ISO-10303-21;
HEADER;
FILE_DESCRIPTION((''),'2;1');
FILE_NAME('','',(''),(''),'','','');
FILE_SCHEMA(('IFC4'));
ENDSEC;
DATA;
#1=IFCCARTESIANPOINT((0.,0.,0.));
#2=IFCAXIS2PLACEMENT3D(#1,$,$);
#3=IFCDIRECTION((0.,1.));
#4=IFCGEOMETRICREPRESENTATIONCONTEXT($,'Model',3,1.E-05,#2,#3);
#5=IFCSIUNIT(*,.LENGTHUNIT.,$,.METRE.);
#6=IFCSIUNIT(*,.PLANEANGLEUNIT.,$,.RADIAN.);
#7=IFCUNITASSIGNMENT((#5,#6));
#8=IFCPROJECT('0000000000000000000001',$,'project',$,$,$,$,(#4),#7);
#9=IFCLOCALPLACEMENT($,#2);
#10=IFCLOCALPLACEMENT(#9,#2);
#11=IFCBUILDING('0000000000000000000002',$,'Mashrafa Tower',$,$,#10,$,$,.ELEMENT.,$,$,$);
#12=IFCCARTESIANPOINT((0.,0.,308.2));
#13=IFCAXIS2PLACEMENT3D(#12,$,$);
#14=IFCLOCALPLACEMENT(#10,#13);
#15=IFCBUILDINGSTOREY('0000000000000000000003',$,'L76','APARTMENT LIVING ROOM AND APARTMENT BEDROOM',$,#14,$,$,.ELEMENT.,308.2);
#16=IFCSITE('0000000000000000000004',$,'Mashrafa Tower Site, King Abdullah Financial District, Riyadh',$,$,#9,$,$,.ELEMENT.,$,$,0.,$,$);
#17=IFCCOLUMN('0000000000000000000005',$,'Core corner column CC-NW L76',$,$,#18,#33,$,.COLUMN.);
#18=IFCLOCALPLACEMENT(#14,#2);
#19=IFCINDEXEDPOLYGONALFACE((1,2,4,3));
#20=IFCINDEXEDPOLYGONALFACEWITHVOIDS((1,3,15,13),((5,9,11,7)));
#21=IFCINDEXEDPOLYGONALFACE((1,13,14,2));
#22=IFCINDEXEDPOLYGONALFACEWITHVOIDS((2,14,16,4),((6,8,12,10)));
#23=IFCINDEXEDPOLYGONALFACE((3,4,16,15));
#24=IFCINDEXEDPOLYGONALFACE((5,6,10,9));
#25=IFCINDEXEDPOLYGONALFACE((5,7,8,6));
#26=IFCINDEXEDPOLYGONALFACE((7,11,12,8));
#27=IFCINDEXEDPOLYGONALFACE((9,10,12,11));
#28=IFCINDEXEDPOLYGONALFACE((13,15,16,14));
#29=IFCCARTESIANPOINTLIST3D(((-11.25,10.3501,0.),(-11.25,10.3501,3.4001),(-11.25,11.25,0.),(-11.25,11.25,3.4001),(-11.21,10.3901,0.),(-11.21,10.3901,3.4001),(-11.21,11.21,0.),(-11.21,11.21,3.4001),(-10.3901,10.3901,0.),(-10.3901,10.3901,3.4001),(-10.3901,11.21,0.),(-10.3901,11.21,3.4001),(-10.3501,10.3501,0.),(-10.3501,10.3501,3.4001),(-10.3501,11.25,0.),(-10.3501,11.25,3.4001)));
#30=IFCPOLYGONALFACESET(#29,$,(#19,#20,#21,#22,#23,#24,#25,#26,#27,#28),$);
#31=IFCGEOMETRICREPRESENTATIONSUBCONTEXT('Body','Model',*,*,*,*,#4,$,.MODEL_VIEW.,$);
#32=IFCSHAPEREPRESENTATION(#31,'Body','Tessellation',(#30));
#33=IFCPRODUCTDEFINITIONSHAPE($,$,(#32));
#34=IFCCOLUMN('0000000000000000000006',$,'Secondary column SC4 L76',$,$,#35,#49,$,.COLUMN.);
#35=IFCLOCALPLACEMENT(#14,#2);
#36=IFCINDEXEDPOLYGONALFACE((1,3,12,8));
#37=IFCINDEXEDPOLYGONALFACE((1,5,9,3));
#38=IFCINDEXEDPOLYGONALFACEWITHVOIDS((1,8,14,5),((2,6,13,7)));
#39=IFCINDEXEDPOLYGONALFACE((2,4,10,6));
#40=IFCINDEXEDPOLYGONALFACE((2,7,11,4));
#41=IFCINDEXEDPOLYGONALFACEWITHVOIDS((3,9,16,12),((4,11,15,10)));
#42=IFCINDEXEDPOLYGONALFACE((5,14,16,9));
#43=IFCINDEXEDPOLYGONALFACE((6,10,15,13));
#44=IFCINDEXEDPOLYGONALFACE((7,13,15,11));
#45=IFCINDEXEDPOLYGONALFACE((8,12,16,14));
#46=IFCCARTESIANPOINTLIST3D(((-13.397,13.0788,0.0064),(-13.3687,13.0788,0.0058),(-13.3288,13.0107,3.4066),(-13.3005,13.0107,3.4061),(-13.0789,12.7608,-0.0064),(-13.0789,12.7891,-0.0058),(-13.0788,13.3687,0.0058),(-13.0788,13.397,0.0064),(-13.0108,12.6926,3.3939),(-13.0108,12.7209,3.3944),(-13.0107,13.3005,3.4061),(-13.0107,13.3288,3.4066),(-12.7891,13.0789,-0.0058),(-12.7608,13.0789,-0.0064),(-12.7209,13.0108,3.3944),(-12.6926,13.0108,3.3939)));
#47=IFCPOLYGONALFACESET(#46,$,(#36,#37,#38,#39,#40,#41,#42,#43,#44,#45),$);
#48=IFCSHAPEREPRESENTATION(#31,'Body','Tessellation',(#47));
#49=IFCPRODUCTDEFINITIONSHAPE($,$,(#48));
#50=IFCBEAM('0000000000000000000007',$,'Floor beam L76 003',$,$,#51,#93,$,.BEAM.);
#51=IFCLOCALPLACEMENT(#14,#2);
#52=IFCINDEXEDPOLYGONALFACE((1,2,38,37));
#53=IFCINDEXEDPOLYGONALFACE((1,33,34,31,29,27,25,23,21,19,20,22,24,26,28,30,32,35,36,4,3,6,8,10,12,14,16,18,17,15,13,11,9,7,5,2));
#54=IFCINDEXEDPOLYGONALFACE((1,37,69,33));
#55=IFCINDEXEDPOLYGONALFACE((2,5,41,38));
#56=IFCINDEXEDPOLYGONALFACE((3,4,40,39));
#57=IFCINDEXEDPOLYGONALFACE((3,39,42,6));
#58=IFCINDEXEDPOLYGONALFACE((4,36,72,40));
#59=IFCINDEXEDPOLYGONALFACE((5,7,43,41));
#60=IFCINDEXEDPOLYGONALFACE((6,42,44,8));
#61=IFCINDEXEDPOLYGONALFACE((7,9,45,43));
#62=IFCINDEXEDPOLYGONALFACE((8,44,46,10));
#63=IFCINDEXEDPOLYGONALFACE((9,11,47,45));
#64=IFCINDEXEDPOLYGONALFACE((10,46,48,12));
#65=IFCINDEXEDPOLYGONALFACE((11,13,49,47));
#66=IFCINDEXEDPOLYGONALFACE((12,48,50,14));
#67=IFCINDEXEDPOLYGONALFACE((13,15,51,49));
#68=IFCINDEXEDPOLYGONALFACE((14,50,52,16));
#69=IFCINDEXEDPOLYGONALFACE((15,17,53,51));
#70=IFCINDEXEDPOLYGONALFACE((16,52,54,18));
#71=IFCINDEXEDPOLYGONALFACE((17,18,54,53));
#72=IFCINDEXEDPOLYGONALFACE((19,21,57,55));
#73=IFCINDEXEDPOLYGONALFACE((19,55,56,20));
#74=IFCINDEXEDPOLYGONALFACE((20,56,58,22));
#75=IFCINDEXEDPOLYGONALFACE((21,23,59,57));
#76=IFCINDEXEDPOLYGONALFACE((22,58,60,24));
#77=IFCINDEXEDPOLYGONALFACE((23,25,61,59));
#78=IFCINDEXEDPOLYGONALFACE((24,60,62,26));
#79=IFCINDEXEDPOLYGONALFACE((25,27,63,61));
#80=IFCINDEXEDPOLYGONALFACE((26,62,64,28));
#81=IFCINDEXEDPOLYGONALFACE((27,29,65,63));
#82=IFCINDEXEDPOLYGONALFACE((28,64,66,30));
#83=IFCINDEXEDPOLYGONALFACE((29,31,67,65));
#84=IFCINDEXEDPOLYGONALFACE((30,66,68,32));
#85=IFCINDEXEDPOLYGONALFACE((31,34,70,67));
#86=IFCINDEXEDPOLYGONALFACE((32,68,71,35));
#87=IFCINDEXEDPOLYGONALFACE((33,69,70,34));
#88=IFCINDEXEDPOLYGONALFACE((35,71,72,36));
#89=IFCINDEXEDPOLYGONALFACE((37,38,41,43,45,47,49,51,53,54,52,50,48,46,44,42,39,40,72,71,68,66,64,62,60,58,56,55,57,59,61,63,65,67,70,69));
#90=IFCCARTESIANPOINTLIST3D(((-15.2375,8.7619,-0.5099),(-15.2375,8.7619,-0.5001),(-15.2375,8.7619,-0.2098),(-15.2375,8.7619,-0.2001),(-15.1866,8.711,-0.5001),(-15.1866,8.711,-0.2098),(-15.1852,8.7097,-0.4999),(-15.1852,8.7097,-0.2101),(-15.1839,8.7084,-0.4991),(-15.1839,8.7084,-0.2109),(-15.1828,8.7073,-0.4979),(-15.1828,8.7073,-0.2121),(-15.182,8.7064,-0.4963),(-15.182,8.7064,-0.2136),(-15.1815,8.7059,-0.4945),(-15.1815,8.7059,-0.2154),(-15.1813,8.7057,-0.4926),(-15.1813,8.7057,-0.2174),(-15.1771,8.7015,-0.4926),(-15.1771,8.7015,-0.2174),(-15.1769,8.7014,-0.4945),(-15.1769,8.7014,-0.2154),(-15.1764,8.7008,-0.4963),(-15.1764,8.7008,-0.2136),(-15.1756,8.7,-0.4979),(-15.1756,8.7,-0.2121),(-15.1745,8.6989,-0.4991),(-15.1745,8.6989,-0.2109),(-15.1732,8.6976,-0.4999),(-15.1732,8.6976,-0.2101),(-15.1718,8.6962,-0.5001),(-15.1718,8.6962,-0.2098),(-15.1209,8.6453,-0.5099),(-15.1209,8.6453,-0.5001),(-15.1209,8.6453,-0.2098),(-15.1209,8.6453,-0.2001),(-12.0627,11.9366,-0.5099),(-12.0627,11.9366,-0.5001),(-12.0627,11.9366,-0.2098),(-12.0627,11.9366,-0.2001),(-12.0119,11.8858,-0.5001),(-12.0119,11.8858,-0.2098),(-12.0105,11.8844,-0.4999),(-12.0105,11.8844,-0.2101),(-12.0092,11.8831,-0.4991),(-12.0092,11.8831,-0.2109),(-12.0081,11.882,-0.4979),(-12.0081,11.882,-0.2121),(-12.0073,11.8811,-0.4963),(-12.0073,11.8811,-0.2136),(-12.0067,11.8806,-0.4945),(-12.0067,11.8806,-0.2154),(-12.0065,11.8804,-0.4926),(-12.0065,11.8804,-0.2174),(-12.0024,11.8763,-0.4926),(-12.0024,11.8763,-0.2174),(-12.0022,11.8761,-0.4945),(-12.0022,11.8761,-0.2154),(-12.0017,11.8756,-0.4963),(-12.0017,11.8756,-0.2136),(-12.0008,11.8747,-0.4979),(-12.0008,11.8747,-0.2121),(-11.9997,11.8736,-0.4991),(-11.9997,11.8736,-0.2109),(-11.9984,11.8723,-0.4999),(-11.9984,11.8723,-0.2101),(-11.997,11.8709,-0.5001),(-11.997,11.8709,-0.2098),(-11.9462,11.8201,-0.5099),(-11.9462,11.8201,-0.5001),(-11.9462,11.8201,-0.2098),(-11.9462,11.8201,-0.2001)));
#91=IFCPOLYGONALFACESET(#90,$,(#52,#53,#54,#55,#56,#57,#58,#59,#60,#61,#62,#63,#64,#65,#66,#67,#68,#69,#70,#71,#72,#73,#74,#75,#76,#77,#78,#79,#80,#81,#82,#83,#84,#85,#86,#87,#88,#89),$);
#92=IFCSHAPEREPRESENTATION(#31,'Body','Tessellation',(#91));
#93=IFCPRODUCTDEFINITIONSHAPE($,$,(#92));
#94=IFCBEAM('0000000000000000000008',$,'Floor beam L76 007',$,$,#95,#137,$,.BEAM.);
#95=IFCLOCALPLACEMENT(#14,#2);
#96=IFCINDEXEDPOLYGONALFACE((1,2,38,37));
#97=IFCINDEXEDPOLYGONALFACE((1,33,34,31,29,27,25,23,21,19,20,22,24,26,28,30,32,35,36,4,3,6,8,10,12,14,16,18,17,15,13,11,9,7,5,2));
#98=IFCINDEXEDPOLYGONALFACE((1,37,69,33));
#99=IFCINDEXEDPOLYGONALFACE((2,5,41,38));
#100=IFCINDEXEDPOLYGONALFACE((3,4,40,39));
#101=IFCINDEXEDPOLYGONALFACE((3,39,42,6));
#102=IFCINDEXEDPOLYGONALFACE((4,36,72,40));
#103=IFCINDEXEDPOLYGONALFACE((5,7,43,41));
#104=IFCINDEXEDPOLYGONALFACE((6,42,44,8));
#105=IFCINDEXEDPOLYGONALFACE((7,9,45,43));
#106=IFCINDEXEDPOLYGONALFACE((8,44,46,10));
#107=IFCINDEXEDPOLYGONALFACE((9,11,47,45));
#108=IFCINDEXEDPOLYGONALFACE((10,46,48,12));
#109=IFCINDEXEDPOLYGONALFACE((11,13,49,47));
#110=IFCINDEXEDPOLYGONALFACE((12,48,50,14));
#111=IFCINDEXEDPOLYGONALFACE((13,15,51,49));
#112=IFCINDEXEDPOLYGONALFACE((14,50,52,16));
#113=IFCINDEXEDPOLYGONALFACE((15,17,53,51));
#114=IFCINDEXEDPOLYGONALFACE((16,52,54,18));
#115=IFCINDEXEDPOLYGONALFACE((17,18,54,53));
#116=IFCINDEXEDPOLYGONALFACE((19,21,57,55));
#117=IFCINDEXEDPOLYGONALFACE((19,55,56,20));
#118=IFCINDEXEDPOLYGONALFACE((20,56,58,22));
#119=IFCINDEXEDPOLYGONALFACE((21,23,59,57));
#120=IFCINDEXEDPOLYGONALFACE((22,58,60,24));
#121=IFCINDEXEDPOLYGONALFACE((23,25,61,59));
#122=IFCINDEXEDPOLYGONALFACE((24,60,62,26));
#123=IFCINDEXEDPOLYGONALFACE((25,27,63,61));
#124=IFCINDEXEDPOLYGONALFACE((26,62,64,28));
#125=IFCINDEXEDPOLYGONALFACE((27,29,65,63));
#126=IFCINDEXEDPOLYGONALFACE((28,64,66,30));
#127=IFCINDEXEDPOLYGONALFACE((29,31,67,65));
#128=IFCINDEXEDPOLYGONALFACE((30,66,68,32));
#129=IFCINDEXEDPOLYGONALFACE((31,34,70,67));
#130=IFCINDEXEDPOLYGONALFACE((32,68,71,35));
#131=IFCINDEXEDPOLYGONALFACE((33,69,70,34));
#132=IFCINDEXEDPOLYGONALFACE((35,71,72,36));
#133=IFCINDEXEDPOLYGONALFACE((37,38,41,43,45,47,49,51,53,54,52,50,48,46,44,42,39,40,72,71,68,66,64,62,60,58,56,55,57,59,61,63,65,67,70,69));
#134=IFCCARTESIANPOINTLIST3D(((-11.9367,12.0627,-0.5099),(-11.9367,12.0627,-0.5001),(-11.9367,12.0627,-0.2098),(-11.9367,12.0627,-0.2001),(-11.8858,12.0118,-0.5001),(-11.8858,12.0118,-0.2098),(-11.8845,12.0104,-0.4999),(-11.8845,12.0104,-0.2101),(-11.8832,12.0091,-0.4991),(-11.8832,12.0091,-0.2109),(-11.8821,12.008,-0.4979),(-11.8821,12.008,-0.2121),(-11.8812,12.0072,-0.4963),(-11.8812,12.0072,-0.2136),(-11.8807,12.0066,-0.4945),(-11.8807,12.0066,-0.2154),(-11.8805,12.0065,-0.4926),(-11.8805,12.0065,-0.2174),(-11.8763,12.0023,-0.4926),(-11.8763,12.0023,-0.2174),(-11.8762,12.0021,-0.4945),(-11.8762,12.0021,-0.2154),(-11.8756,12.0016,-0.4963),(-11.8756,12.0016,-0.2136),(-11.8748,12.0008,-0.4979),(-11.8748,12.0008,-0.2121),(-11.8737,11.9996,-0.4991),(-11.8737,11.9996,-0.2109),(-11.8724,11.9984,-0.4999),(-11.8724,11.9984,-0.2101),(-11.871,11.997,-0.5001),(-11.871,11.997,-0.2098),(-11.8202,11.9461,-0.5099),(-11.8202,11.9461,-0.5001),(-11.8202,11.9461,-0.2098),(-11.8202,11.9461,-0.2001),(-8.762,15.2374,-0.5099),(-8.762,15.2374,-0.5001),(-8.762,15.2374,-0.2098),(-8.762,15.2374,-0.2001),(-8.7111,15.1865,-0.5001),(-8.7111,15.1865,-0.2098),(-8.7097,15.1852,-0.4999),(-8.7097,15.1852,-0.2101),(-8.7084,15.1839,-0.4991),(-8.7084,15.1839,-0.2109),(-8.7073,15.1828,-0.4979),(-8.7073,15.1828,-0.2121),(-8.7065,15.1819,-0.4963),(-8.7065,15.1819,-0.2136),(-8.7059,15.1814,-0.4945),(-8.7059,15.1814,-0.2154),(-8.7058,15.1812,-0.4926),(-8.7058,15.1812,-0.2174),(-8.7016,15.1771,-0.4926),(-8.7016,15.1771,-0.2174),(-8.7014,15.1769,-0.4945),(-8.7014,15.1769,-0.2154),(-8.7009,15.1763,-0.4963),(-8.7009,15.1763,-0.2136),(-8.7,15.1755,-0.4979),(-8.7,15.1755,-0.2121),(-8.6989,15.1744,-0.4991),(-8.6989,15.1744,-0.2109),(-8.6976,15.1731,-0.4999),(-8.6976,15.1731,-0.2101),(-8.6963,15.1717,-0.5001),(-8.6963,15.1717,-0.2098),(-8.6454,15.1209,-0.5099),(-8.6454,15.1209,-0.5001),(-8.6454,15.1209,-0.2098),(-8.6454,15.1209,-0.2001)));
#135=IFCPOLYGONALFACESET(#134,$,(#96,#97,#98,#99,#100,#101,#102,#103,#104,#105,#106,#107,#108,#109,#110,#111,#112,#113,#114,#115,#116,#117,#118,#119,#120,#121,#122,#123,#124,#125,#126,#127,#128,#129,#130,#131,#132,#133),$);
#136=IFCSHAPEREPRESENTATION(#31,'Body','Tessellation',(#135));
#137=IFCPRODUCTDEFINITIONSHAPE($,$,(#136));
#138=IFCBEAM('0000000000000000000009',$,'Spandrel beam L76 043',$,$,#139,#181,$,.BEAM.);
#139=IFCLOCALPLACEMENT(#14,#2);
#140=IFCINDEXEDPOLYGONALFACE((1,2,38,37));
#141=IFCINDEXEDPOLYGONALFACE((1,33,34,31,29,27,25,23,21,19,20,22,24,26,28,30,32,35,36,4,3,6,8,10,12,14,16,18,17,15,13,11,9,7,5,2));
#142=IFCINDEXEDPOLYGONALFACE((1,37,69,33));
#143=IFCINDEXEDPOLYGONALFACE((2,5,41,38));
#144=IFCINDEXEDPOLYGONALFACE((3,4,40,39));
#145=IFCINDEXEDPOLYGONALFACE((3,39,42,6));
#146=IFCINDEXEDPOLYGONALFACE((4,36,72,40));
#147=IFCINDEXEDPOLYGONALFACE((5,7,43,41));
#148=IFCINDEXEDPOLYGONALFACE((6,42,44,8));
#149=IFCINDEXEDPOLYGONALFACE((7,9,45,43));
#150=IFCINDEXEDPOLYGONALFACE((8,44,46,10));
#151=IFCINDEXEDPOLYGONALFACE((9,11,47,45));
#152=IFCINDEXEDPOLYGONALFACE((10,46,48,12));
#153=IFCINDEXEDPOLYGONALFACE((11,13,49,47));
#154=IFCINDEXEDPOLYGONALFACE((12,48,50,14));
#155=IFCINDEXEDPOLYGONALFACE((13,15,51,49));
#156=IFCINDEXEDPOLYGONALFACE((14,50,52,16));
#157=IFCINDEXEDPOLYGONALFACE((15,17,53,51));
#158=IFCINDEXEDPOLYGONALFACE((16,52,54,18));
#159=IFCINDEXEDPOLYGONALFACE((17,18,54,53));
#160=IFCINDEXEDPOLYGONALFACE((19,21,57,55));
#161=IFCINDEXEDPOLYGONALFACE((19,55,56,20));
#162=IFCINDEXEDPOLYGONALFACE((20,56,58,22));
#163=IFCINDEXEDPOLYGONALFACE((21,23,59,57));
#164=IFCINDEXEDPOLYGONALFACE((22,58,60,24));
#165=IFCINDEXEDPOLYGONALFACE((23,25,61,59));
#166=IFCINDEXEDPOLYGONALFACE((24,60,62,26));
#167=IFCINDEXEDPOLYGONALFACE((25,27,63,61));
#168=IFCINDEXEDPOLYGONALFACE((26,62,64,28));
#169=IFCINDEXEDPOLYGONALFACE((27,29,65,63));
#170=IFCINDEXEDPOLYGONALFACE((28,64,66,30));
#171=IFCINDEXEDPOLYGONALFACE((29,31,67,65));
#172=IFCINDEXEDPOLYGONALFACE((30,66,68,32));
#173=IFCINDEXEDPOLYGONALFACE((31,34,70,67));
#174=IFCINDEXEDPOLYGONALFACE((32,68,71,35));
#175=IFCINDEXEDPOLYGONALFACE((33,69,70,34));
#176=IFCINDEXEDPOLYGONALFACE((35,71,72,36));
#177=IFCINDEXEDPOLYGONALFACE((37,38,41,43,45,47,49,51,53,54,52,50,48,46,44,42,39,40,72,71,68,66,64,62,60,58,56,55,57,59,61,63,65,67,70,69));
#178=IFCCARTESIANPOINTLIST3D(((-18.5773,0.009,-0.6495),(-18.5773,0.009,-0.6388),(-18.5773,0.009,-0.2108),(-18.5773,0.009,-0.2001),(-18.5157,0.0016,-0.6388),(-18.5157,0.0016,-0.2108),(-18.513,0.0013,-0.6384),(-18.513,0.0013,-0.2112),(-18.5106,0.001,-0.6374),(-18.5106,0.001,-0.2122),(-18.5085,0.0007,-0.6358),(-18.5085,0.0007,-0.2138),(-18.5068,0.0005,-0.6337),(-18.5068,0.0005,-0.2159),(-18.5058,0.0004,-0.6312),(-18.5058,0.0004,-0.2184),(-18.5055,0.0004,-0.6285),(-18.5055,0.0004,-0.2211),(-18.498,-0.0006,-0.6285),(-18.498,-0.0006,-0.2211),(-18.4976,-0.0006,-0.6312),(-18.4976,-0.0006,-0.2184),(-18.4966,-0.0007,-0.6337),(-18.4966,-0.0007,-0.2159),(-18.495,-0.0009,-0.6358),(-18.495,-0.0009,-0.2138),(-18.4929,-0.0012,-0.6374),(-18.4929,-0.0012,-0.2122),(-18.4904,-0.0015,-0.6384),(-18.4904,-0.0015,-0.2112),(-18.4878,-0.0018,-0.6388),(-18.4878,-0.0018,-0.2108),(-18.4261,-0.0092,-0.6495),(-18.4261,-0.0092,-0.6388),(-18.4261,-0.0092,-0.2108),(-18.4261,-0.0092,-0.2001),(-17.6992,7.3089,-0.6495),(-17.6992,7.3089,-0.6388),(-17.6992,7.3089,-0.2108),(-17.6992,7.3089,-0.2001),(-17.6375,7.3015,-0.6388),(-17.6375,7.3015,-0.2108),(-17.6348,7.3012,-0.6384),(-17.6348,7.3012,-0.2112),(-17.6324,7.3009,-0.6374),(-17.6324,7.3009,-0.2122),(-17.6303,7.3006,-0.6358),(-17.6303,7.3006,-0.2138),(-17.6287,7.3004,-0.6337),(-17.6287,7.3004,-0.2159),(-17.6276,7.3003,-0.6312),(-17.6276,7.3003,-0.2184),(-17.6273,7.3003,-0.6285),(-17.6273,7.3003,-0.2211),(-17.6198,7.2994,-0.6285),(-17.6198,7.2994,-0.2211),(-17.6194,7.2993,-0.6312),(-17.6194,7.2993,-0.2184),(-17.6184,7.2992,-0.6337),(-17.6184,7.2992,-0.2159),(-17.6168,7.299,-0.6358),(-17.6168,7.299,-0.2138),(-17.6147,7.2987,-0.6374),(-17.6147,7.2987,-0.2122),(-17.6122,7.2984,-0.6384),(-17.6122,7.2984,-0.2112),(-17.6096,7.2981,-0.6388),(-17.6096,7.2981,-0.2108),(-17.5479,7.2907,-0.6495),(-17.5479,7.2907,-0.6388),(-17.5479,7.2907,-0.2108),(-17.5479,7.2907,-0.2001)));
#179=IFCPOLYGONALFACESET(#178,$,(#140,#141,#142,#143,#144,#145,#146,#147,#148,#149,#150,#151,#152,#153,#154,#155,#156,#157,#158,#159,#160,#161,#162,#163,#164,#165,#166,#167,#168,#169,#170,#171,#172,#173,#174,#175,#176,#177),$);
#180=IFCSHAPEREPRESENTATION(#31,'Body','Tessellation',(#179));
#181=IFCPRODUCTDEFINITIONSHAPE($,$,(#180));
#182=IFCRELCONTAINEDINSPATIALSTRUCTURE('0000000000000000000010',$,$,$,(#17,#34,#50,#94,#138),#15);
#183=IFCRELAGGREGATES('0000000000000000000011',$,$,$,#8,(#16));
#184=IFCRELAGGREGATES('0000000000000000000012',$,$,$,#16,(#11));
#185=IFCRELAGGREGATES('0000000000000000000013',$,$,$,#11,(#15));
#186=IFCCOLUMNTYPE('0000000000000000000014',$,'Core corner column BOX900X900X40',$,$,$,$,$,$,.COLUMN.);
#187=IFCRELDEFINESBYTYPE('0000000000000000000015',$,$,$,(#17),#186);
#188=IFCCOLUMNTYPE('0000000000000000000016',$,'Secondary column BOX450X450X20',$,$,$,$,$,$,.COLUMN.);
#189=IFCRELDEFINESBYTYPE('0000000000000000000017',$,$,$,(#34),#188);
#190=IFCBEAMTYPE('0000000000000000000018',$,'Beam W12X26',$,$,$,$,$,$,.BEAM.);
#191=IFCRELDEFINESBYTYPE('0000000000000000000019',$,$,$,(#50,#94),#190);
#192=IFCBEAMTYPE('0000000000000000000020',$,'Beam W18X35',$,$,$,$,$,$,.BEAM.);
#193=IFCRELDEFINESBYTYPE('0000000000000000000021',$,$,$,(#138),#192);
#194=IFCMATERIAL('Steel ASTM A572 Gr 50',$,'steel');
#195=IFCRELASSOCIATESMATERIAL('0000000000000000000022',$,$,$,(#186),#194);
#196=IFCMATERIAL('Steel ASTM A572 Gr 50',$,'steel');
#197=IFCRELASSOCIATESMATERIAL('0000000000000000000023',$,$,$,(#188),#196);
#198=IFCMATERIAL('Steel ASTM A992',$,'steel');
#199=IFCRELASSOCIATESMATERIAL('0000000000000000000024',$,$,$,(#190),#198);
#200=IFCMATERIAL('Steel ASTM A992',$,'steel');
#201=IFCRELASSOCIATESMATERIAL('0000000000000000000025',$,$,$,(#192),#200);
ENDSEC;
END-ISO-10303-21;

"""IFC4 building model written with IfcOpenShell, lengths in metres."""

from ifc_helpers import new_model, si_unit, direction, frame, origin, origin_2d, place, context, subcontext, project, spatial, hollow_rectangle, i_section, extrude, material, material_profile, profile_set, type_object, element, save


model = new_model("IFC4")

# Units and contexts
model_context = context("Model", 3, precision=1e-05, world=origin(), true_north=direction((0.0, 1.0)))
body_context = subcontext(model_context, "Body", "Model", "MODEL_VIEW")
ifc_project = project(units=[si_unit("LENGTHUNIT", "METRE"), si_unit("PLANEANGLEUNIT", "RADIAN")], contexts=[model_context])

# Site, building, storey
site_placement = place(None, origin())
site = spatial("IfcSite", under=ifc_project, at=site_placement, Name="Mashrafa Tower Site, King Abdullah Financial District, Riyadh", CompositionType="ELEMENT", RefElevation=0.0)
building_placement = place(site_placement, origin())
building = spatial("IfcBuilding", under=site, at=building_placement, Name="Mashrafa Tower", CompositionType="ELEMENT")
storey_placement = place(building_placement, frame((0.0, 0.0, 308.2)))
storey = spatial("IfcBuildingStorey", under=building, at=storey_placement, Name="L76", Description="APARTMENT LIVING ROOM AND APARTMENT BEDROOM", CompositionType="ELEMENT", Elevation=308.2)

# Columns
ifc_material_1 = material(Name="Steel ASTM A572 Gr 50", Category="steel")
ifc_material_profile_1 = material_profile(ifc_material_1, hollow_rectangle(XDim=0.8999, YDim=0.8999, WallThickness=0.04, at=origin_2d()), Name="BOX900X900X40")
ifc_profile_set_1 = profile_set([ifc_material_profile_1], Name="Steel ASTM A572 Gr 50")
column_type_1 = type_object("IfcColumnType", Name="Core corner column BOX900X900X40", PredefinedType="COLUMN", material=ifc_profile_set_1)
column_1_placement = place(storey_placement, frame((-10.8, 10.8, 0.0), z_axis=(0.0, 0.0, 1.0), x_axis=(1.0, 0.0, 0.0)))
element("IfcColumn", 1, at=column_1_placement, inside=storey, type_object=column_type_1, Name="Core corner column CC-NW L76", PredefinedType="COLUMN", context=body_context, shape_type="SweptSolid", body=[
    extrude(hollow_rectangle(XDim=0.8999, YDim=0.8999, WallThickness=0.04, at=origin_2d()), origin(), (0.0, 0.0, 1.0), 3.4001),
])
ifc_material_2 = material(Name="Steel ASTM A572 Gr 50", Category="steel")
ifc_material_profile_2 = material_profile(ifc_material_2, hollow_rectangle(XDim=0.45, YDim=0.45, WallThickness=0.02, at=origin_2d()), Name="BOX450X450X20")
ifc_profile_set_2 = profile_set([ifc_material_profile_2], Name="Steel ASTM A572 Gr 50")
column_type_2 = type_object("IfcColumnType", Name="Secondary column BOX450X450X20", PredefinedType="COLUMN", material=ifc_profile_set_2)
column_2_placement = place(storey_placement, frame((-13.0789, 13.0789, 0.0), z_axis=(0.020025, -0.020025, 0.999599), x_axis=(0.707107, 0.707107, 0.0)))
element("IfcColumn", 2, at=column_2_placement, inside=storey, type_object=column_type_2, Name="Secondary column SC4 L76", PredefinedType="COLUMN", context=body_context, shape_type="SweptSolid", body=[
    extrude(hollow_rectangle(XDim=0.45, YDim=0.45, WallThickness=0.02, at=origin_2d()), origin(), (0.0, 0.0, 1.0), 3.4016),
])

# Beams
ifc_material_3 = material(Name="Steel ASTM A992", Category="steel")
ifc_material_profile_3 = material_profile(ifc_material_3, i_section(OverallWidth=0.1648, OverallDepth=0.3098, WebThickness=0.0059, FlangeThickness=0.0098, FilletRadius=0.0076, at=origin_2d()), Name="W12X26")
ifc_profile_set_3 = profile_set([ifc_material_profile_3], Name="Steel ASTM A992")
beam_type_1 = type_object("IfcBeamType", Name="Beam W12X26", PredefinedType="BEAM", material=ifc_profile_set_3)
for number, where, z_axis, x_axis, name in (
    (3, (-15.1792, 8.7036, -0.355), (0.707107, 0.707107, 0.0), (-0.707107, 0.707107, 0.0), "Floor beam L76 003"),
    (4, (-11.8784, 12.0044, -0.355), (0.707107, 0.707107, 0.0), (-0.707107, 0.707107, 0.0), "Floor beam L76 007"),
):
    element("IfcBeam", number, at=place(storey_placement, frame(where, z_axis=z_axis, x_axis=x_axis)), inside=storey, type_object=beam_type_1, Name=name, PredefinedType="BEAM", context=body_context, shape_type="SweptSolid", body=[
        extrude(i_section(OverallWidth=0.1648, OverallDepth=0.3098, WebThickness=0.0059, FlangeThickness=0.0098, FilletRadius=0.0076, at=origin_2d()), origin(), (0.0, 0.0, 1.0), 4.4897),
    ])
ifc_material_4 = material(Name="Steel ASTM A992", Category="steel")
ifc_material_profile_4 = material_profile(ifc_material_4, i_section(OverallWidth=0.1523, OverallDepth=0.4495, WebThickness=0.0076, FlangeThickness=0.0107, FilletRadius=0.0103, at=origin_2d()), Name="W18X35")
ifc_profile_set_4 = profile_set([ifc_material_profile_4], Name="Steel ASTM A992")
beam_type_2 = type_object("IfcBeamType", Name="Beam W18X35", PredefinedType="BEAM", material=ifc_profile_set_4)
for number, where, z_axis, x_axis, name in (
    (5, (-17.6235, 7.2998, -0.4248), (-0.11944, -0.992841, 0.0), (0.992841, -0.11944, 0.0), "Spandrel beam L76 043"),
):
    element("IfcBeam", number, at=place(storey_placement, frame(where, z_axis=z_axis, x_axis=x_axis)), inside=storey, type_object=beam_type_2, Name=name, PredefinedType="BEAM", context=body_context, shape_type="SweptSolid", body=[
        extrude(i_section(OverallWidth=0.1523, OverallDepth=0.4495, WebThickness=0.0076, FlangeThickness=0.0107, FilletRadius=0.0103, at=origin_2d()), origin(), (0.0, 0.0, 1.0), 7.3525),
    ])

save(model, "model.ifc")
